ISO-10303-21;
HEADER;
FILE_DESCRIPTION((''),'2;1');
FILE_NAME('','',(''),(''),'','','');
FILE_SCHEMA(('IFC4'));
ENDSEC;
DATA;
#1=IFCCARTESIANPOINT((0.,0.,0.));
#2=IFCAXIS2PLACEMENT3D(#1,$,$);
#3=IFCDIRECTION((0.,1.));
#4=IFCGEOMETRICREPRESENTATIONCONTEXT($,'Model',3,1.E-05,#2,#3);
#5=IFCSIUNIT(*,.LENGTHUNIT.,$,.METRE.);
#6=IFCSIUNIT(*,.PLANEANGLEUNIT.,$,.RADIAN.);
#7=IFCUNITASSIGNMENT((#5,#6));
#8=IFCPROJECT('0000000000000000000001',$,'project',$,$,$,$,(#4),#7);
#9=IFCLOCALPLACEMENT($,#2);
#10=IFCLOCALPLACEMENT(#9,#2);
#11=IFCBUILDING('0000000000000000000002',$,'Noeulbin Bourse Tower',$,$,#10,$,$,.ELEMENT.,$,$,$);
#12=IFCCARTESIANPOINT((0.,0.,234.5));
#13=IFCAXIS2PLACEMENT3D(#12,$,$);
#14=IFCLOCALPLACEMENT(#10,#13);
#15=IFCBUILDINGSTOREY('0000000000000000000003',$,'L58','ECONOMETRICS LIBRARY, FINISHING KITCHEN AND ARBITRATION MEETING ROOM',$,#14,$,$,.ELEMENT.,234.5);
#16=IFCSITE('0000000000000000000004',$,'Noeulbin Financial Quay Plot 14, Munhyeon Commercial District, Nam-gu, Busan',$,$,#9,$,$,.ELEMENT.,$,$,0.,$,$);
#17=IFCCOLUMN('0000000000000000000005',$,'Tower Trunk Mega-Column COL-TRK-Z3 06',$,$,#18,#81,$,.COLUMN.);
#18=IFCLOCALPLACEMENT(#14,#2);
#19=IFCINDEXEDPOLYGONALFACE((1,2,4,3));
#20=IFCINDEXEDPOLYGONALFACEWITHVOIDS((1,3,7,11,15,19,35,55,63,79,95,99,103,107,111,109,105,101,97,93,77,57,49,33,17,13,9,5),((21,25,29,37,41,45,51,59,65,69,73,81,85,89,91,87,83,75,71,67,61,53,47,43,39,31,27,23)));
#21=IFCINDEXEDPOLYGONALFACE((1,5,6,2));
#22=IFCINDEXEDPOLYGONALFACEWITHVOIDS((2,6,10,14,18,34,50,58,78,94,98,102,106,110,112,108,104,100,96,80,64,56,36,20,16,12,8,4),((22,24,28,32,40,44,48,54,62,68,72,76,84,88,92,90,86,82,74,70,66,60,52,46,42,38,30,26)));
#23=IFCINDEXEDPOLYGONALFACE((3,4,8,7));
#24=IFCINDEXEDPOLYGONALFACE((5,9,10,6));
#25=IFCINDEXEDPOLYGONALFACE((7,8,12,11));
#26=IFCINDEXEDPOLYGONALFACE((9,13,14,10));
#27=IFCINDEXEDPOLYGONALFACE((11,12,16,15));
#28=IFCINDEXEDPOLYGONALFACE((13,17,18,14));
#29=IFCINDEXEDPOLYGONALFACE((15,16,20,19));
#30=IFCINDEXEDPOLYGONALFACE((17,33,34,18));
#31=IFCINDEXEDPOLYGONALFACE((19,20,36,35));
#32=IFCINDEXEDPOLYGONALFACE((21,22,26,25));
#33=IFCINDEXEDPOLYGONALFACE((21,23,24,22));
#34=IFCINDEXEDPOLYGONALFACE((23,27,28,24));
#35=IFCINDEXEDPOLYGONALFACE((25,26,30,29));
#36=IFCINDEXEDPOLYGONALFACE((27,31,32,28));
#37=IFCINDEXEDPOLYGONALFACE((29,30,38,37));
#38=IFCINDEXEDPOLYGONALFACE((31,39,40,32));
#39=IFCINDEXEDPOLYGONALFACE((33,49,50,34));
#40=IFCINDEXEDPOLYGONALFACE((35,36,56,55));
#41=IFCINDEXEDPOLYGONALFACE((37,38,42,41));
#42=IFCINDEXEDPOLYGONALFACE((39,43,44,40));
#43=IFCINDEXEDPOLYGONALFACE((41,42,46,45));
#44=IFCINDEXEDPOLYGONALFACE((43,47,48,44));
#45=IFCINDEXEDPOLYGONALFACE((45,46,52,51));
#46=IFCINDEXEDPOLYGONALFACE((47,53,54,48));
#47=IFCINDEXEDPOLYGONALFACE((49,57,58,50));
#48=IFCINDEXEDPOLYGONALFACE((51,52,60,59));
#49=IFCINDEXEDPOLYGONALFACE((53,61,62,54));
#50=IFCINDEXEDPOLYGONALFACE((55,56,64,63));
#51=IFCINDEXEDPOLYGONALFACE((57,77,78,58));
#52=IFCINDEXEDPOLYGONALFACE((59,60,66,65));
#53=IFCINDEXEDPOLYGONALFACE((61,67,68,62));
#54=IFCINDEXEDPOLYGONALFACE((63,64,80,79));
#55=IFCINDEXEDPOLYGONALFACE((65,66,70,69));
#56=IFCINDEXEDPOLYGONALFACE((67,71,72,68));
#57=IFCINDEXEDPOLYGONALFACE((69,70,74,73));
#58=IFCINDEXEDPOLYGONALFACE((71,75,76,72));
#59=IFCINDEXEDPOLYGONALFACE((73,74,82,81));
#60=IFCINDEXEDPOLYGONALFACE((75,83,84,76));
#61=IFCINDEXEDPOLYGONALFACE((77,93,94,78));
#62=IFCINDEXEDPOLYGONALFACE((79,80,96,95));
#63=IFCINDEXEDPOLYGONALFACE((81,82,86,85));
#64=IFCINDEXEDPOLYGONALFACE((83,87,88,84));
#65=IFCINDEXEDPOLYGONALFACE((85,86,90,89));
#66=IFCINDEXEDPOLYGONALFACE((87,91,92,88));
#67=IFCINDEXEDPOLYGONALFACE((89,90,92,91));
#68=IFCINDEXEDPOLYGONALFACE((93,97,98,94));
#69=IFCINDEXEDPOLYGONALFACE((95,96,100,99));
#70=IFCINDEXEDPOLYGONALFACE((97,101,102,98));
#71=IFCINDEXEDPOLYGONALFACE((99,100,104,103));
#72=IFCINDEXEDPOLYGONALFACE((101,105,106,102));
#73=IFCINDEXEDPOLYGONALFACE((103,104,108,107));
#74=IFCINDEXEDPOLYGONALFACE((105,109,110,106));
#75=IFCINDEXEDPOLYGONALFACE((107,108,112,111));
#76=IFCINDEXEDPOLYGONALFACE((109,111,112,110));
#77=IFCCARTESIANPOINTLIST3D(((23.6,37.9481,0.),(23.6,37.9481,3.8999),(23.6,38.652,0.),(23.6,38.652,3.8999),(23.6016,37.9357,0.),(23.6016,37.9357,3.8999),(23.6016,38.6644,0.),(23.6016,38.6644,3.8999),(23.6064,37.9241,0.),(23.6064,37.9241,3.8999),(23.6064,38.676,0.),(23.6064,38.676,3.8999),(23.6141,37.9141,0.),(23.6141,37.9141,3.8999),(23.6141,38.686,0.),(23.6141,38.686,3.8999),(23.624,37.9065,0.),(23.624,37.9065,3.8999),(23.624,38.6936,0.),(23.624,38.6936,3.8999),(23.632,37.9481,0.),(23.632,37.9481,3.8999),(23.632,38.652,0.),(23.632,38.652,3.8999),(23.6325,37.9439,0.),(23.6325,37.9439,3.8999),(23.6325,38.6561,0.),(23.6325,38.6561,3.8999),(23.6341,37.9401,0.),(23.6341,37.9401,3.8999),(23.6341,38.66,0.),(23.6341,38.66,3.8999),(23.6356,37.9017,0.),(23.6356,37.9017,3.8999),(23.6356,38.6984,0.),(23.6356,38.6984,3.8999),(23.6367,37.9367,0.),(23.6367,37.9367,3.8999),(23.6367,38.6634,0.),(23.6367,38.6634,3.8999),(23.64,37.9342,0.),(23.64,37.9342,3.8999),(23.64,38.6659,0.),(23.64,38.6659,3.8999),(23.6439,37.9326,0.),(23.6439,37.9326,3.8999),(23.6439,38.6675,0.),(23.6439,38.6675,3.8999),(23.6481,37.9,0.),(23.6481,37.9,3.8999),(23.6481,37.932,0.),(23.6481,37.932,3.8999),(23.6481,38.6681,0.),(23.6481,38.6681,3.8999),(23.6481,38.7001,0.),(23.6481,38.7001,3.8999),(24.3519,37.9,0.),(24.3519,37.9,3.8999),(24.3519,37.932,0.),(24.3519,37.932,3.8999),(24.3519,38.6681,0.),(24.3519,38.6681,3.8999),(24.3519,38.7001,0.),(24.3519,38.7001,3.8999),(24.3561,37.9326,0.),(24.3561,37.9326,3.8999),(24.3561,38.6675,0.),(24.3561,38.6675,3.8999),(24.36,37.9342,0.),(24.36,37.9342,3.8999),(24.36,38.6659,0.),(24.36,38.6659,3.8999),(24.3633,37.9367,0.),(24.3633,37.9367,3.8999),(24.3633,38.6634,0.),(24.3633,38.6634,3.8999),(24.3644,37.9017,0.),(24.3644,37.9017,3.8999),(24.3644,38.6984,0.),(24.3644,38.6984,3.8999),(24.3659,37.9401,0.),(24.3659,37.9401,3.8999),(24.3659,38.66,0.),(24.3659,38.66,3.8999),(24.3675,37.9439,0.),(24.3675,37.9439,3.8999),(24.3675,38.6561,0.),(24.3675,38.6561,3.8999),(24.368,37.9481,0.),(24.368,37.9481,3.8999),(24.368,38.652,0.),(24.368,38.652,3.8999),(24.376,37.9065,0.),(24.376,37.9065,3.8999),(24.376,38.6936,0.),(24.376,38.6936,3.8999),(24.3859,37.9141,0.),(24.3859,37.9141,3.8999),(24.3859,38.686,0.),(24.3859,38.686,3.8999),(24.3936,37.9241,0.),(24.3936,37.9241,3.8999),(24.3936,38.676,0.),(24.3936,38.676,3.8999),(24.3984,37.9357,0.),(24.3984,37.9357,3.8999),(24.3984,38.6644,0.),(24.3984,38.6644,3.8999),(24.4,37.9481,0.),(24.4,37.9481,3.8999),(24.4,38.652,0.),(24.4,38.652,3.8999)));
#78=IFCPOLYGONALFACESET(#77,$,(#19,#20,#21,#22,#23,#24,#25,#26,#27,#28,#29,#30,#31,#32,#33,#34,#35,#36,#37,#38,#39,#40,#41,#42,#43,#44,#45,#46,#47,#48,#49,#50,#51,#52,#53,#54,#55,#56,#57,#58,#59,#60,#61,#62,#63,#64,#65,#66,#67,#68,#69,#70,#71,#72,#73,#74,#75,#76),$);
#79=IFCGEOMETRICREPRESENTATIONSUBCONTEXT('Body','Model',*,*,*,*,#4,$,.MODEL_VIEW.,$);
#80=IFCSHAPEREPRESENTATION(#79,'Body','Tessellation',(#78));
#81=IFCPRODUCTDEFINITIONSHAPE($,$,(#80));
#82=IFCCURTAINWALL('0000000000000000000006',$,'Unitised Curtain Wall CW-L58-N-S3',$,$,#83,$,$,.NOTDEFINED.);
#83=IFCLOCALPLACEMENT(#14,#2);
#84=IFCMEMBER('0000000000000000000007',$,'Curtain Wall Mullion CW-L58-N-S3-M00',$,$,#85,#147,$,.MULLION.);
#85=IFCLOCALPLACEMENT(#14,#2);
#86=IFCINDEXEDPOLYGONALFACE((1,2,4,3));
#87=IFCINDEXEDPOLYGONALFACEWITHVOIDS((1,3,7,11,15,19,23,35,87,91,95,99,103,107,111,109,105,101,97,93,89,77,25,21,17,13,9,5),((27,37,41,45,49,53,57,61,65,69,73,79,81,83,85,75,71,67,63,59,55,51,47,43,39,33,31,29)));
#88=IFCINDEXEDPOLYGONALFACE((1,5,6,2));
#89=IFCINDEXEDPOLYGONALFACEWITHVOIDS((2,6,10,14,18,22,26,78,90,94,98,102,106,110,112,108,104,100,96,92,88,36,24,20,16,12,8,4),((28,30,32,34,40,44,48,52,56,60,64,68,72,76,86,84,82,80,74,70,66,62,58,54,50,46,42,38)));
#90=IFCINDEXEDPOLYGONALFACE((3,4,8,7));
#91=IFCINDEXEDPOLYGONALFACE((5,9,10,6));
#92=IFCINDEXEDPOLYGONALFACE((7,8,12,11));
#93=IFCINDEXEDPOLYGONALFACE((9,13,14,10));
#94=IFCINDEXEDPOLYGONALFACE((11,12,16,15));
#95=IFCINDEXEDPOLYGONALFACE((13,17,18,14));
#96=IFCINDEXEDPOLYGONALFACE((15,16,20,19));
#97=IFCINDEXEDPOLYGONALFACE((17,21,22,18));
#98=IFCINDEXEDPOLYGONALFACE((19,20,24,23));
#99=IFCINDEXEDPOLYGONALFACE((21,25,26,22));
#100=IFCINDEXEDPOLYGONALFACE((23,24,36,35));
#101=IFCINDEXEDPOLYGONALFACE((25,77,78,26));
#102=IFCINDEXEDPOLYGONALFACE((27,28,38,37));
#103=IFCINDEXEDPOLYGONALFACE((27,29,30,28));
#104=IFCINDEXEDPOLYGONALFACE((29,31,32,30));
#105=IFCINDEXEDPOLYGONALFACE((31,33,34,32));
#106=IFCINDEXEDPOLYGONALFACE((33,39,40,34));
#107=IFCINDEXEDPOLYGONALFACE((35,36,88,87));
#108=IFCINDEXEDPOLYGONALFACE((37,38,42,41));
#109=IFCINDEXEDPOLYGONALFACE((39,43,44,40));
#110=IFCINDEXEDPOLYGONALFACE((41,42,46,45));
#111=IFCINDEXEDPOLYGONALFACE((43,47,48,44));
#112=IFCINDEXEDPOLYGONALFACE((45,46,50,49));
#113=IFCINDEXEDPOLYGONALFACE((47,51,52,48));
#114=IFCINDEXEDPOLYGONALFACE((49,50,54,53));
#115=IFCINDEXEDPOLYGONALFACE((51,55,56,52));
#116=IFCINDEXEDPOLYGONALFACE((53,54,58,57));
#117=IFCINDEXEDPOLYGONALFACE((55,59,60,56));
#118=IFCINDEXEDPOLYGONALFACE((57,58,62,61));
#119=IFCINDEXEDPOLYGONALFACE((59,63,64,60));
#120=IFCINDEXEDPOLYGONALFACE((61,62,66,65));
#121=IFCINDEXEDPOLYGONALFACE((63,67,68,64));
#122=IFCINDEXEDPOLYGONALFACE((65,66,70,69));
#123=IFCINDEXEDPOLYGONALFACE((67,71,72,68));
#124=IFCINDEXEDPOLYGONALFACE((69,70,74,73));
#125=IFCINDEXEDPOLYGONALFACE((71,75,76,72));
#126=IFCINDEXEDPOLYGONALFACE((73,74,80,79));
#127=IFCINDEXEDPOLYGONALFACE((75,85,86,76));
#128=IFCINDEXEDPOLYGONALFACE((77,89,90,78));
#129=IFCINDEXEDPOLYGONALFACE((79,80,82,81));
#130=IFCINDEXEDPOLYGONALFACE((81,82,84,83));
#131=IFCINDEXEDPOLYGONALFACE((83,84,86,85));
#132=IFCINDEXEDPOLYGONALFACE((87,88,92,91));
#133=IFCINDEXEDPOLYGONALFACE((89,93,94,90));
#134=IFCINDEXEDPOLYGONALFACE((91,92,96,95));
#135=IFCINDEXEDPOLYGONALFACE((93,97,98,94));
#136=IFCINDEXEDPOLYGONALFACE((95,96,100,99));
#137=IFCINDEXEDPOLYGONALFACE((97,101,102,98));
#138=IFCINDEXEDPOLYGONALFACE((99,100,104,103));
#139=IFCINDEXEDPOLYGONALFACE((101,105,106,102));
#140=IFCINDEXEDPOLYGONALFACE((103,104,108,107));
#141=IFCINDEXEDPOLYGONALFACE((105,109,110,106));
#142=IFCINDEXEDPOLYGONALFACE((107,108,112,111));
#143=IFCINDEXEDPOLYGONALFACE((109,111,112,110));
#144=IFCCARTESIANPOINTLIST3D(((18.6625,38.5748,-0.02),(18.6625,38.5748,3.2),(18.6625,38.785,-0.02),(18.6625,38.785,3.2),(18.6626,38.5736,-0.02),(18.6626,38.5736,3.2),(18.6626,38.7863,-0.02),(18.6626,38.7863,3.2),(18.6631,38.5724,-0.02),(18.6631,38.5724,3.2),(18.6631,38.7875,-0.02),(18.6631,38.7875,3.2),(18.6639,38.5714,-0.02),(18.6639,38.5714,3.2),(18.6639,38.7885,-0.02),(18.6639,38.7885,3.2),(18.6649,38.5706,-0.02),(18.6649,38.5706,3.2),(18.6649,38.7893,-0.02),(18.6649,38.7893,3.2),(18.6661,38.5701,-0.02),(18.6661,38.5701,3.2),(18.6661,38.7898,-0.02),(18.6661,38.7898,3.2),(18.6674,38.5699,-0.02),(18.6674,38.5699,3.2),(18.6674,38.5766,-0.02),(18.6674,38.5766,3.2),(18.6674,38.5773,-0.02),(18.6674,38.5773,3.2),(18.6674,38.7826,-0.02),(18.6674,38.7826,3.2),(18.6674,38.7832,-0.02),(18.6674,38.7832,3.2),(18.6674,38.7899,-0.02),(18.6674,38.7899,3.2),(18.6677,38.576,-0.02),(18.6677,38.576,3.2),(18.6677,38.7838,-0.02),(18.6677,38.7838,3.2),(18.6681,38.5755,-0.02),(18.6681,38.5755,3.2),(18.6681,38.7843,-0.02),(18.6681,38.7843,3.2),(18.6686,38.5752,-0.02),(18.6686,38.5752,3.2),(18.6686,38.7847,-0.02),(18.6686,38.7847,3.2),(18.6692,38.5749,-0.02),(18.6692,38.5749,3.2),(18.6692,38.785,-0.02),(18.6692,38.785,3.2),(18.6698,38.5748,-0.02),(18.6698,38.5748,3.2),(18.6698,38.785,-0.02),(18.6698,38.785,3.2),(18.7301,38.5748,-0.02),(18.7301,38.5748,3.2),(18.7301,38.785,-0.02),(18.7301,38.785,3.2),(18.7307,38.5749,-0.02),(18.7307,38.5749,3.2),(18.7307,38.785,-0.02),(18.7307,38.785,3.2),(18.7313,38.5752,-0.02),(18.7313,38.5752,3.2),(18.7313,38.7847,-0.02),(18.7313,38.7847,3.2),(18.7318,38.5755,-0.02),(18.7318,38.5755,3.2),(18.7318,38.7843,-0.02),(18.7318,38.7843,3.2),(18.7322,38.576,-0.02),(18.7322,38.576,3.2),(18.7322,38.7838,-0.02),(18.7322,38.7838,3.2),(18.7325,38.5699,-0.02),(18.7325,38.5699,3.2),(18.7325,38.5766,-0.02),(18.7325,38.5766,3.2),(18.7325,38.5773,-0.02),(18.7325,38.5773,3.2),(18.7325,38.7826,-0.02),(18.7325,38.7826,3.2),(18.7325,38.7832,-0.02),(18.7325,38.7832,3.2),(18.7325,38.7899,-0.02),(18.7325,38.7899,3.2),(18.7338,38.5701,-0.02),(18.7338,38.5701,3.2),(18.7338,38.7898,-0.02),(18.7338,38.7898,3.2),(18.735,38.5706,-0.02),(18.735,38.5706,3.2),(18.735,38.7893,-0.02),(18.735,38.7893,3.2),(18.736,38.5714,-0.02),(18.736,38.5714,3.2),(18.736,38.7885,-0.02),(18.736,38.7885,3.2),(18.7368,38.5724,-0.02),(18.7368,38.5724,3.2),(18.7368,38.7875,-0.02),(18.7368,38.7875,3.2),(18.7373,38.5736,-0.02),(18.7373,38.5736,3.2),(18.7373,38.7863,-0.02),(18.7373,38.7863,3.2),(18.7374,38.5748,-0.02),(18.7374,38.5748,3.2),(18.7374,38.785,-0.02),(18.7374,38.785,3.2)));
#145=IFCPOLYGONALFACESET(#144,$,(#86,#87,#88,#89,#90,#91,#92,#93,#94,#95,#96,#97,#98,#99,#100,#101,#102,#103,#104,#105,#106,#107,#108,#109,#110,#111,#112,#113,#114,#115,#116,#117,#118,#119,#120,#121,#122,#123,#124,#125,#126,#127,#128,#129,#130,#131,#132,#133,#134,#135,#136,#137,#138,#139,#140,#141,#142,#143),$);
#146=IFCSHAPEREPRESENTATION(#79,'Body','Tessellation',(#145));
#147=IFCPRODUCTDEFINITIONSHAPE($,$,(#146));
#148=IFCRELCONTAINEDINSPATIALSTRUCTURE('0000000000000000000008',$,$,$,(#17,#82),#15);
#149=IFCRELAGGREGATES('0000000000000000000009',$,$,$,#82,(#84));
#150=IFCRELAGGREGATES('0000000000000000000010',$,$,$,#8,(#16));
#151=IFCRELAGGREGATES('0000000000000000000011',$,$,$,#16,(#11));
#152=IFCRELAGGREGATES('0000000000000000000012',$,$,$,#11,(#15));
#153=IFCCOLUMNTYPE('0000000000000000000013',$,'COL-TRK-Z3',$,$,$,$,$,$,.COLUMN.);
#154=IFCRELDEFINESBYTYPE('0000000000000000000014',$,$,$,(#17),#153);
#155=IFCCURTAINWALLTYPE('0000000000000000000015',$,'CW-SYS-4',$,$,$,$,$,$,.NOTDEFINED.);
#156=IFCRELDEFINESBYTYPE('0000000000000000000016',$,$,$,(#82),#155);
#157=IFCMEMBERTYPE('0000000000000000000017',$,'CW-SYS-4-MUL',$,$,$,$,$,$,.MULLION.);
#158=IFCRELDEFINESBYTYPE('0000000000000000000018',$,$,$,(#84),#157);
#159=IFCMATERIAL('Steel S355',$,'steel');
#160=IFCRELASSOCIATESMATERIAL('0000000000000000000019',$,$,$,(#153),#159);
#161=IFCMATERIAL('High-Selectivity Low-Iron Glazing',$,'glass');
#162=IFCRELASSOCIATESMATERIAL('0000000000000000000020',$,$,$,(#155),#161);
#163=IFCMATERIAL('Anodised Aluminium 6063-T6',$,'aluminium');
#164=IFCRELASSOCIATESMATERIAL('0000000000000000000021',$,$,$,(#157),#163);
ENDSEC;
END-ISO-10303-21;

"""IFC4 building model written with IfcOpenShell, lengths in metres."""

from ifc_helpers import new_model, si_unit, direction, frame, origin, origin_2d, place, context, subcontext, project, spatial, hollow_rectangle, extrude, material, material_profile, profile_set, type_object, element, aggregate, save


model = new_model("IFC4")

# Units and contexts
model_context = context("Model", 3, precision=1e-05, world=origin(), true_north=direction((0.0, 1.0)))
body_context = subcontext(model_context, "Body", "Model", "MODEL_VIEW")
ifc_project = project(units=[si_unit("LENGTHUNIT", "METRE"), si_unit("PLANEANGLEUNIT", "RADIAN")], contexts=[model_context])

# Site, building, storey
site_placement = place(None, origin())
site = spatial("IfcSite", under=ifc_project, at=site_placement, Name="Noeulbin Financial Quay Plot 14, Munhyeon Commercial District, Nam-gu, Busan", CompositionType="ELEMENT", RefElevation=0.0)
building_placement = place(site_placement, origin())
building = spatial("IfcBuilding", under=site, at=building_placement, Name="Noeulbin Bourse Tower", CompositionType="ELEMENT")
storey_placement = place(building_placement, frame((0.0, 0.0, 234.5)))
storey = spatial("IfcBuildingStorey", under=building, at=storey_placement, Name="L58", Description="ECONOMETRICS LIBRARY, FINISHING KITCHEN AND ARBITRATION MEETING ROOM", CompositionType="ELEMENT", Elevation=234.5)

# Column
ifc_material_1 = material(Name="Steel S355", Category="steel")
ifc_material_profile_1 = material_profile(ifc_material_1, hollow_rectangle(XDim=0.8, YDim=0.8, WallThickness=0.032, InnerFilletRadius=0.0161, OuterFilletRadius=0.0481, at=origin_2d()), Name="BOX-800x800x32", Category="LoadBearing")
ifc_profile_set_1 = profile_set([ifc_material_profile_1], Name="Steel S355")
column_type = type_object("IfcColumnType", Name="COL-TRK-Z3", PredefinedType="COLUMN", material=ifc_profile_set_1)
for number, where, z_axis, x_axis, name in (
    (1, (24.0, 38.3, 0.0), (0.0, 0.0, 1.0), (1.0, 0.0, 0.0), "Tower Trunk Mega-Column COL-TRK-Z3 06"),
):
    element("IfcColumn", number, at=place(storey_placement, frame(where, z_axis=z_axis, x_axis=x_axis)), inside=storey, type_object=column_type, Name=name, PredefinedType="COLUMN", context=body_context, shape_type="SweptSolid", body=[
        extrude(hollow_rectangle(XDim=0.8, YDim=0.8, WallThickness=0.032, InnerFilletRadius=0.0161, OuterFilletRadius=0.0481, at=origin_2d()), origin(), (0.0, 0.0, 1.0), 3.8999),
    ])

# Curtain wall, member
ifc_material_2 = material(Name="High-Selectivity Low-Iron Glazing", Category="glass")
curtain_wall_type = type_object("IfcCurtainWallType", Name="CW-SYS-4", PredefinedType="NOTDEFINED", material=ifc_material_2)
curtain_wall_placement = place(storey_placement, origin())
curtain_wall = element("IfcCurtainWall", 2, at=curtain_wall_placement, inside=storey, type_object=curtain_wall_type, Name="Unitised Curtain Wall CW-L58-N-S3", PredefinedType="NOTDEFINED")
ifc_material_3 = material(Name="Anodised Aluminium 6063-T6", Category="aluminium")
ifc_material_profile_2 = material_profile(ifc_material_3, hollow_rectangle(XDim=0.075, YDim=0.22, WallThickness=0.0049, InnerFilletRadius=0.0024, OuterFilletRadius=0.0049, at=origin_2d()), Name="ALU-MULL-75x220x5", Category="LoadBearing")
ifc_profile_set_2 = profile_set([ifc_material_profile_2], Name="Anodised Aluminium 6063-T6")
member_type_1 = type_object("IfcMemberType", Name="CW-SYS-4-MUL", PredefinedType="MULLION", material=ifc_profile_set_2)
member_1_placement = place(storey_placement, frame((18.7, 38.6799, -0.02), z_axis=(0.0, 0.0, 1.0), x_axis=(1.0, 0.0, 0.0)))
member_1 = element("IfcMember", 3, at=member_1_placement, type_object=member_type_1, Name="Curtain Wall Mullion CW-L58-N-S3-M00", PredefinedType="MULLION", context=body_context, shape_type="SweptSolid", body=[
    extrude(hollow_rectangle(XDim=0.075, YDim=0.22, WallThickness=0.0049, InnerFilletRadius=0.0024, OuterFilletRadius=0.0049, at=origin_2d()), origin(), (0.0, 0.0, 1.0), 3.22),
])
aggregate(curtain_wall, [member_1])

save(model, "model.ifc")
